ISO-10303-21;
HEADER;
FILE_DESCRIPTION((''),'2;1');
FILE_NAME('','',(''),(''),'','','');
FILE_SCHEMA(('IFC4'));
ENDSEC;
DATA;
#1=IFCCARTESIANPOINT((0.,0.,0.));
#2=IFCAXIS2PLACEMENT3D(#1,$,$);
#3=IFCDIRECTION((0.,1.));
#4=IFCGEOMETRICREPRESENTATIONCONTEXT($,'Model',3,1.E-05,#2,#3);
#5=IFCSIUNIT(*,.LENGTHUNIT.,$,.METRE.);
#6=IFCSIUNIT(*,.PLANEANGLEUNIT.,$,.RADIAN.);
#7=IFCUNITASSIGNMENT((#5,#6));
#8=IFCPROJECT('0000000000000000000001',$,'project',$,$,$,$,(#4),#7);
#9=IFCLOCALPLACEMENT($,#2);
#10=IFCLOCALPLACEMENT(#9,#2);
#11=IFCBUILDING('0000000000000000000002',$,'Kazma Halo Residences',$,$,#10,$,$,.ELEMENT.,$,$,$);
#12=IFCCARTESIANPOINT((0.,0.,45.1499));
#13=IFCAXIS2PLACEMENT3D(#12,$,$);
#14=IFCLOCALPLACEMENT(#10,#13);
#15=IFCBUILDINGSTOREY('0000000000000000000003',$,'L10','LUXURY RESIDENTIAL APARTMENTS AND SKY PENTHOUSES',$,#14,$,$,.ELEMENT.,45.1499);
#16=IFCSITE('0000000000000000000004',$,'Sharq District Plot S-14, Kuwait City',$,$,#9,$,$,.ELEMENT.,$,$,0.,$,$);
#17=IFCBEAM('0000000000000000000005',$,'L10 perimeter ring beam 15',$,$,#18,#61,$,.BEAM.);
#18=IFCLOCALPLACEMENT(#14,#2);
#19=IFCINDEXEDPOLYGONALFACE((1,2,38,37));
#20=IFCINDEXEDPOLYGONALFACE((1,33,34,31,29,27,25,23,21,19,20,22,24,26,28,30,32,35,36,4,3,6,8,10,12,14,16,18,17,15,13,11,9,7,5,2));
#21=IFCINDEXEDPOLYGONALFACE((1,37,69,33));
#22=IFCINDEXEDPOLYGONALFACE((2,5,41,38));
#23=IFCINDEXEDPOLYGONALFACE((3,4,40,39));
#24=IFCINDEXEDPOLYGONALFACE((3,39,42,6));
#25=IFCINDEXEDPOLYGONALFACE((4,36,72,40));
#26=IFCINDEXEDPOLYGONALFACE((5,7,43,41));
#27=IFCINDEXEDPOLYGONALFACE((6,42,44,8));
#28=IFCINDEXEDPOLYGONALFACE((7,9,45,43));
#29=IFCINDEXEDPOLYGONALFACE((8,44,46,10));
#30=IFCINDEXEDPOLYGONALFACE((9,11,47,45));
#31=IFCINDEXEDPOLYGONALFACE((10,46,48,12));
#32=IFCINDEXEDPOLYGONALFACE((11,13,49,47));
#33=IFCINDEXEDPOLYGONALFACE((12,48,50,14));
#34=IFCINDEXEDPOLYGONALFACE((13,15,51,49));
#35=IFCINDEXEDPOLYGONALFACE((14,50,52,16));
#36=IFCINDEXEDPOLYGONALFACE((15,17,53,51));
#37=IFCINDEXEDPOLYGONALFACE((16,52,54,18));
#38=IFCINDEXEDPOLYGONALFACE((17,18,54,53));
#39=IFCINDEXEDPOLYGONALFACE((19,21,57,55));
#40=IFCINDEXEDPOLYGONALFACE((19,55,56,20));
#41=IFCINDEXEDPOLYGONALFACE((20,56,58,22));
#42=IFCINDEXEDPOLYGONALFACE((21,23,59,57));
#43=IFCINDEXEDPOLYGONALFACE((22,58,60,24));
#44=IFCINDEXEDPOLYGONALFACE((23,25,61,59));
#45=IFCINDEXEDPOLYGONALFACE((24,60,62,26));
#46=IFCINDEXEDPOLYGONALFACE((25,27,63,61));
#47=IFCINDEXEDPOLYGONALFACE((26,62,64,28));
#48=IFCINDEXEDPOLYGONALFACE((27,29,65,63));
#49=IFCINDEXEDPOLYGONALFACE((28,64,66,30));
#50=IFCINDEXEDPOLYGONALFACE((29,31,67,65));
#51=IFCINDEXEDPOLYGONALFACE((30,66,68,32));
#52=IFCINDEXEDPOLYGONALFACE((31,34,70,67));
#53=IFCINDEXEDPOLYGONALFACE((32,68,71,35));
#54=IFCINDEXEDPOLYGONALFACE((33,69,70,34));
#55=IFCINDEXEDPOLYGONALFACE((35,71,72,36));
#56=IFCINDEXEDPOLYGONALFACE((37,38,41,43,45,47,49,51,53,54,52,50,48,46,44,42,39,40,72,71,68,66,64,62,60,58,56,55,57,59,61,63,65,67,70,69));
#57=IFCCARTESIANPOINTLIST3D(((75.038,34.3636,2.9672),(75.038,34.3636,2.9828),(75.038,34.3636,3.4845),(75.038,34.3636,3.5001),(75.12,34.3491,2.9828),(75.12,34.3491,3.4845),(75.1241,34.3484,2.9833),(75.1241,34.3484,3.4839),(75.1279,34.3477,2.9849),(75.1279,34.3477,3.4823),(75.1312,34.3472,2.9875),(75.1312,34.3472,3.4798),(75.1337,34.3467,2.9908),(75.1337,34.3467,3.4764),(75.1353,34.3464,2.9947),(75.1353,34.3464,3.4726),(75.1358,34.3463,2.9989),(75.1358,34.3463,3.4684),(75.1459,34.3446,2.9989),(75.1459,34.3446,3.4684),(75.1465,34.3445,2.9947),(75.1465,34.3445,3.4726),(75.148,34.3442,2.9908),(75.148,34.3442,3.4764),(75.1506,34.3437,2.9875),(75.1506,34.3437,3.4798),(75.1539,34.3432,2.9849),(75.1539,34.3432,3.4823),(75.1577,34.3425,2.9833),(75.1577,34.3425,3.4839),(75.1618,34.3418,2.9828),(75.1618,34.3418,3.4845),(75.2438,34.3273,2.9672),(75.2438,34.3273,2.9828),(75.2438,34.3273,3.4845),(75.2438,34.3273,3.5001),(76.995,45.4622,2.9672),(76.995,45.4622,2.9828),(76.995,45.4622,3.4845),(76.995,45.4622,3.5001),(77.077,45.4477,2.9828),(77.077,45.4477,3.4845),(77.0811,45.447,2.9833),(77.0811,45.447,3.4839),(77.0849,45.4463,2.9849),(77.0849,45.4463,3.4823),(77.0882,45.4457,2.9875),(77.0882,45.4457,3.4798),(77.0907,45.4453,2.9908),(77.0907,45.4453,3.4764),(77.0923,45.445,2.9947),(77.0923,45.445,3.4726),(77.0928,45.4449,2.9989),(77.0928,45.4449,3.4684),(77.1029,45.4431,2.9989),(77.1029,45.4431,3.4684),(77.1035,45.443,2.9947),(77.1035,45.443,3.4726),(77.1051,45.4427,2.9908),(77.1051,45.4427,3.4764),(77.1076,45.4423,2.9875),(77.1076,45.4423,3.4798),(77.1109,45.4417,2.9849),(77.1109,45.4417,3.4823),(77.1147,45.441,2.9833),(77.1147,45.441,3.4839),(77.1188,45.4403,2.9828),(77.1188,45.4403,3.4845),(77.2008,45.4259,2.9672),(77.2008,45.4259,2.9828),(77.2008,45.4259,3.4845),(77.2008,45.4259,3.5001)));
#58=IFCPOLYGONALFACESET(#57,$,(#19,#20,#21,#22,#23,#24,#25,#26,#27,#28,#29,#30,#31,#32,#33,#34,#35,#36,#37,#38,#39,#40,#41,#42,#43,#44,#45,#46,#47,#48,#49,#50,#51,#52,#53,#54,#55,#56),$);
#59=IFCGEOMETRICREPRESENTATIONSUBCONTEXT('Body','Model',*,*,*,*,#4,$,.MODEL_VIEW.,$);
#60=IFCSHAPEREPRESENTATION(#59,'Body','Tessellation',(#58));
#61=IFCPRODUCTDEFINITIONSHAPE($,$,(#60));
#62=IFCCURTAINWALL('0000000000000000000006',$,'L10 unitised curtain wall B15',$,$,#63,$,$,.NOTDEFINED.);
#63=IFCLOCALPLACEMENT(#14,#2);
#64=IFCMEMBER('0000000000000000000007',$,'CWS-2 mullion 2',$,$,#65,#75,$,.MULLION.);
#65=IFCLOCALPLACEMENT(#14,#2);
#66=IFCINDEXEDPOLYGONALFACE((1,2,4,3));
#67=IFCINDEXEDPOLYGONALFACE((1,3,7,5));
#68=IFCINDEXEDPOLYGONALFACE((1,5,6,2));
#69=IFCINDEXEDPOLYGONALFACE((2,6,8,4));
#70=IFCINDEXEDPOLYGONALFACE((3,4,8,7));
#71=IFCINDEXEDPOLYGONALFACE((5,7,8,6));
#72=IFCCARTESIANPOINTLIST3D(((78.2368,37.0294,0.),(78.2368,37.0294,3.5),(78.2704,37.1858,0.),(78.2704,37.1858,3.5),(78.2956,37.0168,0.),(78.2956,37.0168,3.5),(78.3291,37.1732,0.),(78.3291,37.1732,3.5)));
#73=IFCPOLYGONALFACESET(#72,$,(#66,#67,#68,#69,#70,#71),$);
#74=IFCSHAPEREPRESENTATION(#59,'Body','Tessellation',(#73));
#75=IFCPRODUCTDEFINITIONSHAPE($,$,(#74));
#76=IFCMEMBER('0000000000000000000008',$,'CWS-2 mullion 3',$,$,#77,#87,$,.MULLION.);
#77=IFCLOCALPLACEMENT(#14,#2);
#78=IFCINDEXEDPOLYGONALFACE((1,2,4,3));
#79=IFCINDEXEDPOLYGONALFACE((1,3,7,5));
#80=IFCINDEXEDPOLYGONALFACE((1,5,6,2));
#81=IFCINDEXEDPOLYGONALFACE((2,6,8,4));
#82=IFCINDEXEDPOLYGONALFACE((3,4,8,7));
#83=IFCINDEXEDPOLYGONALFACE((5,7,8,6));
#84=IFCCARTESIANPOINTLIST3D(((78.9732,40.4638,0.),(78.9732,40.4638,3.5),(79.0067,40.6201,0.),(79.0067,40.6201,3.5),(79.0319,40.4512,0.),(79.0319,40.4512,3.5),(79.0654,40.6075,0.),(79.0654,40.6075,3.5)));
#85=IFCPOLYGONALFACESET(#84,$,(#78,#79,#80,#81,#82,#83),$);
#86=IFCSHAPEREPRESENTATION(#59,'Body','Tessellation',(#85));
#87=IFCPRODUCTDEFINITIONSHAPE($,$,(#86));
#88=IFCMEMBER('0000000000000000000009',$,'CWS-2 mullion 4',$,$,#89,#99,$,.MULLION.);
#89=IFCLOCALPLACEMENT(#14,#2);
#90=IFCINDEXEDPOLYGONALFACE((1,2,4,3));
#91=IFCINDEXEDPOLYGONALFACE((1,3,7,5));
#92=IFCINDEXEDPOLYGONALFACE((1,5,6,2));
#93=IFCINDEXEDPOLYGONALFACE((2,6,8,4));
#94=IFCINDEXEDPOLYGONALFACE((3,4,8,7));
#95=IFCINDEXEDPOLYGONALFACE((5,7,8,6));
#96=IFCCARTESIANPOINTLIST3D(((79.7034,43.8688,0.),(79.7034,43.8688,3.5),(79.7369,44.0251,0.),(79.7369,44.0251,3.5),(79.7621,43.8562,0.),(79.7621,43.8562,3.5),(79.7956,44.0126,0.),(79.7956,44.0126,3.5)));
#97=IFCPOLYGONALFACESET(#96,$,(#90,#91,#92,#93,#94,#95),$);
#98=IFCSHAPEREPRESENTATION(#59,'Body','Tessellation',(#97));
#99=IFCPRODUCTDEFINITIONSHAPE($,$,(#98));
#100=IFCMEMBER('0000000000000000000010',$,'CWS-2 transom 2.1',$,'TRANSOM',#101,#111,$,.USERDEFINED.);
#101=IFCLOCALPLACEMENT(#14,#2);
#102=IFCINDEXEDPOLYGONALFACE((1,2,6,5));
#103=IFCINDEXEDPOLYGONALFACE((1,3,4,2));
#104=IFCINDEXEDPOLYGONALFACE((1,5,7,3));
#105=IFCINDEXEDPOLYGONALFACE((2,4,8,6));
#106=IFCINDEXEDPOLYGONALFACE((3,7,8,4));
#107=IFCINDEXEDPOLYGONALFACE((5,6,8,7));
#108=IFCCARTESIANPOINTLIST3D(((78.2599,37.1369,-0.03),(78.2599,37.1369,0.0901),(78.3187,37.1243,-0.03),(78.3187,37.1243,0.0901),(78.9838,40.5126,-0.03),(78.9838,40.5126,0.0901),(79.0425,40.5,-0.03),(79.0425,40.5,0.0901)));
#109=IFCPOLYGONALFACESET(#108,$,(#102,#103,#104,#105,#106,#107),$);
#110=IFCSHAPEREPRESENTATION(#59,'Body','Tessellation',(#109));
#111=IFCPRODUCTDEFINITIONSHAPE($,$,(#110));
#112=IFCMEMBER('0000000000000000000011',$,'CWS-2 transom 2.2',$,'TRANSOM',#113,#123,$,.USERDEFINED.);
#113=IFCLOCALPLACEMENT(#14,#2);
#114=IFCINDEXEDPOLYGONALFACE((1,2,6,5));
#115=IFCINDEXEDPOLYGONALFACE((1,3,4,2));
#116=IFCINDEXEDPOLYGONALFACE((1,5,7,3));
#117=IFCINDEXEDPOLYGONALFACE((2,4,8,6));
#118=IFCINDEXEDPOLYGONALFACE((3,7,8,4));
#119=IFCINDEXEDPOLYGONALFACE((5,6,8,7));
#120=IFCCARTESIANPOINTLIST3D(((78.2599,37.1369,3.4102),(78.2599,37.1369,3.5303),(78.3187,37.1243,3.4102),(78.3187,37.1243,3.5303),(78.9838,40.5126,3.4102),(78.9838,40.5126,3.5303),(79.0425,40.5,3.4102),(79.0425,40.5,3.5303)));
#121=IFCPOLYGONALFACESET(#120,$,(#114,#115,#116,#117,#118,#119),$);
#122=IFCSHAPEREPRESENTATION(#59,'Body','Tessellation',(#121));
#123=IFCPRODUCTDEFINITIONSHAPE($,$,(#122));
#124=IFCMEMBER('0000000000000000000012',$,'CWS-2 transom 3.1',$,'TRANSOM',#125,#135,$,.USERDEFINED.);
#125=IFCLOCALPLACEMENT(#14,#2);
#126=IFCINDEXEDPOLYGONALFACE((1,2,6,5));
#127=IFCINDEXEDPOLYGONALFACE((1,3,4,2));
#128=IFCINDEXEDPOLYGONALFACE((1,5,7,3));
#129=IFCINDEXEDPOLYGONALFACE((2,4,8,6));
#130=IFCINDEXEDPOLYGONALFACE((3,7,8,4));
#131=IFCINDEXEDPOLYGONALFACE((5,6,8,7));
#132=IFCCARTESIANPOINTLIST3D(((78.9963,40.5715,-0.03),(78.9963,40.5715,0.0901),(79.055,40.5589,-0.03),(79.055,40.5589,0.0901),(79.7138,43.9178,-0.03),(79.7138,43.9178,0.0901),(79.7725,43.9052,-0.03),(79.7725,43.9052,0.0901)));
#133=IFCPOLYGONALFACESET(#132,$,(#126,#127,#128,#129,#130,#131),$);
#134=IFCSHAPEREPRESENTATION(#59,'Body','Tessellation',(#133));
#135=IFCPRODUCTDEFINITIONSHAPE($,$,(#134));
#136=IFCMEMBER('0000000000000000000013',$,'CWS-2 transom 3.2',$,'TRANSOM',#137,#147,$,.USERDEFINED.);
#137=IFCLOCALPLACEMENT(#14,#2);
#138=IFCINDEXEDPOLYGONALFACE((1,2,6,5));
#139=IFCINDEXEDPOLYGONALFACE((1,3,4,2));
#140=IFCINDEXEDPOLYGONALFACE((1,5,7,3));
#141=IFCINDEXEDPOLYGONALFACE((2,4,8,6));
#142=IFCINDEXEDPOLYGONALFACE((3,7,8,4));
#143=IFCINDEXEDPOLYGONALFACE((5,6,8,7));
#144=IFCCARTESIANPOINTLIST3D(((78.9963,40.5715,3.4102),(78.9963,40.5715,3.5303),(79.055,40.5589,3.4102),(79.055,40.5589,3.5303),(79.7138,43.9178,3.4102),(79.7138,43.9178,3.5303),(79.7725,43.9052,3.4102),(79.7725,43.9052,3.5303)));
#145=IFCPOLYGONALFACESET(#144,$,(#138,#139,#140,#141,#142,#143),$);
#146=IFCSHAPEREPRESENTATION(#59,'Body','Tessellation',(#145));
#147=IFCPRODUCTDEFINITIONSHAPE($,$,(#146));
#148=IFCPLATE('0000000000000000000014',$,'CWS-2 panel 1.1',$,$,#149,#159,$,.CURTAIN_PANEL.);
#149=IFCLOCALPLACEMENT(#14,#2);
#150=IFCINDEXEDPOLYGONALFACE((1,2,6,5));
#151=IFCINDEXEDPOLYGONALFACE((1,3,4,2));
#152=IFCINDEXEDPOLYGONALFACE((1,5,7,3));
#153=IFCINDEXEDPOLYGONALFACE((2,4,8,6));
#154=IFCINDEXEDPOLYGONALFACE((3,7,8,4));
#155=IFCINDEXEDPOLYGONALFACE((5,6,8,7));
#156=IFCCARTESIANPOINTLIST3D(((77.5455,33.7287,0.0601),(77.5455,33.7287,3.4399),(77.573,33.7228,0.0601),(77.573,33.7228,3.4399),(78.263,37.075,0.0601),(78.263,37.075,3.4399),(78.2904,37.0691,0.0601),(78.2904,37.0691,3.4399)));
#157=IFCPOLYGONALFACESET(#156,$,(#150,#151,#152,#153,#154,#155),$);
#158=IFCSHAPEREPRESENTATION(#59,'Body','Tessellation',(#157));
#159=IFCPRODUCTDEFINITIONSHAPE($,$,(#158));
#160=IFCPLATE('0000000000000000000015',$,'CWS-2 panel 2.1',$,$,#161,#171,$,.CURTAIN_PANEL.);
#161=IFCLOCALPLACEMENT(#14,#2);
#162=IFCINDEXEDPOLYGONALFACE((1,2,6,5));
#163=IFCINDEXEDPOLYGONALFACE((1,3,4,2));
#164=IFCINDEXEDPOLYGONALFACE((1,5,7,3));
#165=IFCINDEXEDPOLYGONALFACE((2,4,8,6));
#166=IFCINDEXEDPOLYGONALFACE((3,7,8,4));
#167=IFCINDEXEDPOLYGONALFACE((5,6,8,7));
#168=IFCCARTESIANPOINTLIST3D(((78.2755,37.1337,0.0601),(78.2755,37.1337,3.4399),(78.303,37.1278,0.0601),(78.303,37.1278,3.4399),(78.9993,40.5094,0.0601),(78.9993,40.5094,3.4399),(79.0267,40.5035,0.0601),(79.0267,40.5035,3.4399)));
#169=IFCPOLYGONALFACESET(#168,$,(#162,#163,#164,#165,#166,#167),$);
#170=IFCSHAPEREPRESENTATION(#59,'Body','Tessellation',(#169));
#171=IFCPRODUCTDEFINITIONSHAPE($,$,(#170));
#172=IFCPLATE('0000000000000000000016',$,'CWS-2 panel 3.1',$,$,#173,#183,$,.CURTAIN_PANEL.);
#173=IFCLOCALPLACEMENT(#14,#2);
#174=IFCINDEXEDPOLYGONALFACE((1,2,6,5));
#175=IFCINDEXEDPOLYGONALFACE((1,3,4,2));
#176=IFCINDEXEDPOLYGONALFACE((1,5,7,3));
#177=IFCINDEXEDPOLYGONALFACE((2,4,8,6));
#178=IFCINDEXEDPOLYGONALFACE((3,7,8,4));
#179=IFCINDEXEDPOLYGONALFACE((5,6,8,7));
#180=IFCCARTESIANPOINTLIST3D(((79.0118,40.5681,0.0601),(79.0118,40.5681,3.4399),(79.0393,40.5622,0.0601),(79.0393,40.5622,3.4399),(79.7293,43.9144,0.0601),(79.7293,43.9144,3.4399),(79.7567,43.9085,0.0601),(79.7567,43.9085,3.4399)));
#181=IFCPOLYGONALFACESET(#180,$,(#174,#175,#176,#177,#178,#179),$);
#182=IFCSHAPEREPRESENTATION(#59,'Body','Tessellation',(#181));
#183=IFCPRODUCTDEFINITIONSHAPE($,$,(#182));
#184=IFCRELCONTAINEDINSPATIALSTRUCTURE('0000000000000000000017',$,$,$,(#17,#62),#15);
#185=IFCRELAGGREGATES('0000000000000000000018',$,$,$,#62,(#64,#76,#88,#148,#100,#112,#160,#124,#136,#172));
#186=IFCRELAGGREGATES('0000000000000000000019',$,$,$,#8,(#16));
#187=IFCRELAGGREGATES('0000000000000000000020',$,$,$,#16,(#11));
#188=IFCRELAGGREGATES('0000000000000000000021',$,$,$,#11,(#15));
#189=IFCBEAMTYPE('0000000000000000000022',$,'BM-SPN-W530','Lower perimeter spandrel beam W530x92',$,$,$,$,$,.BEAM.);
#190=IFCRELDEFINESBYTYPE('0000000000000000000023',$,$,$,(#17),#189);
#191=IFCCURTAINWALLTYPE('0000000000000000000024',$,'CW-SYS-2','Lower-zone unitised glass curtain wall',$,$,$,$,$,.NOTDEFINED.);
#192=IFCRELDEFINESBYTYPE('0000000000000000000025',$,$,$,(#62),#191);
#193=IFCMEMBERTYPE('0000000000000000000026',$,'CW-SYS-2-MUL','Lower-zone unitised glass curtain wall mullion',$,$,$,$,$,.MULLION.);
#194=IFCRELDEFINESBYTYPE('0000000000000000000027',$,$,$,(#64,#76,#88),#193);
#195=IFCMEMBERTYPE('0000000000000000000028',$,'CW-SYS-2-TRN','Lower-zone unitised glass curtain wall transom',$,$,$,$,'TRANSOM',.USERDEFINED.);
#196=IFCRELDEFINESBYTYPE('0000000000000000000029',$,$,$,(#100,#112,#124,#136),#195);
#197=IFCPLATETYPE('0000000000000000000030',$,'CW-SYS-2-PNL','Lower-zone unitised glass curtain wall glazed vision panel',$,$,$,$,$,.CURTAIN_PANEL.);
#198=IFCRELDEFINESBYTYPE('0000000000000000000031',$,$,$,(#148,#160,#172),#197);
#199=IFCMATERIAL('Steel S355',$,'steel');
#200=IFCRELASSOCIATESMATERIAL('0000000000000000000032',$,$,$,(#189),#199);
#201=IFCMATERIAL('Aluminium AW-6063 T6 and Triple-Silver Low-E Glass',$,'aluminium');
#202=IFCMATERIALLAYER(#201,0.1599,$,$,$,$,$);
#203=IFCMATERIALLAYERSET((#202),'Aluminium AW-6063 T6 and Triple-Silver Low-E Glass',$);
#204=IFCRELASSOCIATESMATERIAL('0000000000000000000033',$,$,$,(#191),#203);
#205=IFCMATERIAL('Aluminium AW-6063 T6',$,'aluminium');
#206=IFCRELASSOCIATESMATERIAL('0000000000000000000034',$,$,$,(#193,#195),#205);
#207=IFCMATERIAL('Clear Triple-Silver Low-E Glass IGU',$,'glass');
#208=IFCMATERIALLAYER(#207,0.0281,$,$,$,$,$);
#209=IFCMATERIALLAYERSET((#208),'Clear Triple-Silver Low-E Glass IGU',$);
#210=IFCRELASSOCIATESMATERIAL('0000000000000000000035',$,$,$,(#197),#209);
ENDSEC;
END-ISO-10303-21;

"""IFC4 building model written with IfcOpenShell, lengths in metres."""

from ifc_helpers import new_model, si_unit, direction, frame, origin, origin_2d, place, context, subcontext, project, spatial, rectangle, i_section, extrude, material, layer, layer_set, material_profile, profile_set, type_object, element, aggregate, save


model = new_model("IFC4")

# Units and contexts
model_context = context("Model", 3, precision=1e-05, world=origin(), true_north=direction((0.0, 1.0)))
body_context = subcontext(model_context, "Body", "Model", "MODEL_VIEW")
ifc_project = project(units=[si_unit("LENGTHUNIT", "METRE"), si_unit("PLANEANGLEUNIT", "RADIAN")], contexts=[model_context])

# Site, building, storey
site_placement = place(None, origin())
site = spatial("IfcSite", under=ifc_project, at=site_placement, Name="Sharq District Plot S-14, Kuwait City", CompositionType="ELEMENT", RefElevation=0.0)
building_placement = place(site_placement, origin())
building = spatial("IfcBuilding", under=site, at=building_placement, Name="Kazma Halo Residences", CompositionType="ELEMENT")
storey_placement = place(building_placement, frame((0.0, 0.0, 45.1499)))
storey = spatial("IfcBuildingStorey", under=building, at=storey_placement, Name="L10", Description="LUXURY RESIDENTIAL APARTMENTS AND SKY PENTHOUSES", CompositionType="ELEMENT", Elevation=45.1499)

# Beam
ifc_material_1 = material(Name="Steel S355", Category="steel")
ifc_material_profile_1 = material_profile(ifc_material_1, i_section(OverallWidth=0.209, OverallDepth=0.533, WebThickness=0.0103, FlangeThickness=0.0156, FilletRadius=0.0161, at=origin_2d()), Name="W530x92")
ifc_profile_set_1 = profile_set([ifc_material_profile_1], Name="Steel S355")
beam_type_1 = type_object("IfcBeamType", Name="BM-SPN-W530", Description="Lower perimeter spandrel beam W530x92", PredefinedType="BEAM", material=ifc_profile_set_1)
beam_1_placement = place(storey_placement, frame((75.1409, 34.3455, 3.2336), z_axis=(0.173652, 0.984807, 0.0), x_axis=(-0.984807, 0.173652, 0.0)))
element("IfcBeam", 1, at=beam_1_placement, inside=storey, type_object=beam_type_1, Name="L10 perimeter ring beam 15", PredefinedType="BEAM", context=body_context, shape_type="SweptSolid", body=[
    extrude(i_section(OverallWidth=0.209, OverallDepth=0.533, WebThickness=0.0103, FlangeThickness=0.0156, FilletRadius=0.0161, at=origin_2d()), origin(), (0.0, 0.0, 1.0), 11.2698),
])

# Curtain wall, members, plates
ifc_material_2 = material(Name="Aluminium AW-6063 T6 and Triple-Silver Low-E Glass", Category="aluminium")
ifc_layer_1 = layer(ifc_material_2, 0.1599)
ifc_layer_set_1 = layer_set([ifc_layer_1], Name="Aluminium AW-6063 T6 and Triple-Silver Low-E Glass")
curtain_wall_type = type_object("IfcCurtainWallType", Name="CW-SYS-2", Description="Lower-zone unitised glass curtain wall", PredefinedType="NOTDEFINED", material=ifc_layer_set_1)
curtain_wall_placement = place(storey_placement, origin())
curtain_wall = element("IfcCurtainWall", 2, at=curtain_wall_placement, inside=storey, type_object=curtain_wall_type, Name="L10 unitised curtain wall B15", PredefinedType="NOTDEFINED")
ifc_material_3 = material(Name="Aluminium AW-6063 T6", Category="aluminium")
ifc_material_profile_2 = material_profile(ifc_material_3, rectangle(XDim=0.0601, YDim=0.1599, at=origin_2d()), Name="CWM-60x160")
ifc_profile_set_2 = profile_set([ifc_material_profile_2], Name="Aluminium AW-6063 T6")
member_type_1 = type_object("IfcMemberType", Name="CW-SYS-2-MUL", Description="Lower-zone unitised glass curtain wall mullion", PredefinedType="MULLION", material=ifc_profile_set_2)
member_1_placement = place(storey_placement, frame((78.283, 37.1013, 0.0), z_axis=(0.0, 0.0, 1.0), x_axis=(-0.977779, 0.209637, 0.0)))
member_1 = element("IfcMember", 3, at=member_1_placement, type_object=member_type_1, Name="CWS-2 mullion 2", PredefinedType="MULLION", context=body_context, shape_type="SweptSolid", body=[
    extrude(rectangle(XDim=0.0601, YDim=0.1599, at=origin_2d()), origin(), (0.0, 0.0, 1.0), 3.5),
])
member_2_placement = place(storey_placement, frame((79.0193, 40.5356, 0.0), z_axis=(0.0, 0.0, 1.0), x_axis=(-0.977779, 0.209637, 0.0)))
member_2 = element("IfcMember", 4, at=member_2_placement, type_object=member_type_1, Name="CWS-2 mullion 3", PredefinedType="MULLION", context=body_context, shape_type="SweptSolid", body=[
    extrude(rectangle(XDim=0.0601, YDim=0.1599, at=origin_2d()), origin(), (0.0, 0.0, 1.0), 3.5),
])
member_3_placement = place(storey_placement, frame((79.7495, 43.9407, 0.0), z_axis=(0.0, 0.0, 1.0), x_axis=(-0.977779, 0.209637, 0.0)))
member_3 = element("IfcMember", 5, at=member_3_placement, type_object=member_type_1, Name="CWS-2 mullion 4", PredefinedType="MULLION", context=body_context, shape_type="SweptSolid", body=[
    extrude(rectangle(XDim=0.0601, YDim=0.1599, at=origin_2d()), origin(), (0.0, 0.0, 1.0), 3.5),
])
ifc_material_profile_3 = material_profile(ifc_material_3, rectangle(XDim=0.0601, YDim=0.1201, at=origin_2d()), Name="CWT-60x120")
ifc_profile_set_3 = profile_set([ifc_material_profile_3], Name="Aluminium AW-6063 T6")
member_type_2 = type_object("IfcMemberType", Name="CW-SYS-2-TRN", Description="Lower-zone unitised glass curtain wall transom", ElementType="TRANSOM", PredefinedType="USERDEFINED", material=ifc_profile_set_3)
member_4_placement = place(storey_placement, frame((78.2893, 37.1306, 0.03), z_axis=(0.209669, 0.977772, 0.0), x_axis=(-0.977772, 0.209669, 0.0)))
member_4 = element("IfcMember", 6, at=member_4_placement, type_object=member_type_2, Name="CWS-2 transom 2.1", ObjectType="TRANSOM", PredefinedType="USERDEFINED", context=body_context, shape_type="SweptSolid", body=[
    extrude(rectangle(XDim=0.0601, YDim=0.1201, at=origin_2d()), origin(), (0.0, 0.0, 1.0), 3.4524),
])
member_5_placement = place(storey_placement, frame((78.2893, 37.1306, 3.4702), z_axis=(0.209669, 0.977772, 0.0), x_axis=(-0.977772, 0.209669, 0.0)))
member_5 = element("IfcMember", 7, at=member_5_placement, type_object=member_type_2, Name="CWS-2 transom 2.2", ObjectType="TRANSOM", PredefinedType="USERDEFINED", context=body_context, shape_type="SweptSolid", body=[
    extrude(rectangle(XDim=0.0601, YDim=0.1201, at=origin_2d()), origin(), (0.0, 0.0, 1.0), 3.4524),
])
member_6_placement = place(storey_placement, frame((79.0256, 40.5652, 0.03), z_axis=(0.209666, 0.977773, 0.0), x_axis=(-0.977773, 0.209666, 0.0)))
member_6 = element("IfcMember", 8, at=member_6_placement, type_object=member_type_2, Name="CWS-2 transom 3.1", ObjectType="TRANSOM", PredefinedType="USERDEFINED", context=body_context, shape_type="SweptSolid", body=[
    extrude(rectangle(XDim=0.0601, YDim=0.1201, at=origin_2d()), origin(), (0.0, 0.0, 1.0), 3.4224),
])
member_7_placement = place(storey_placement, frame((79.0256, 40.5652, 3.4702), z_axis=(0.209666, 0.977773, 0.0), x_axis=(-0.977773, 0.209666, 0.0)))
member_7 = element("IfcMember", 9, at=member_7_placement, type_object=member_type_2, Name="CWS-2 transom 3.2", ObjectType="TRANSOM", PredefinedType="USERDEFINED", context=body_context, shape_type="SweptSolid", body=[
    extrude(rectangle(XDim=0.0601, YDim=0.1201, at=origin_2d()), origin(), (0.0, 0.0, 1.0), 3.4224),
])
ifc_material_4 = material(Name="Clear Triple-Silver Low-E Glass IGU", Category="glass")
ifc_layer_2 = layer(ifc_material_4, 0.0281)
ifc_layer_set_2 = layer_set([ifc_layer_2], Name="Clear Triple-Silver Low-E Glass IGU")
plate_type = type_object("IfcPlateType", Name="CW-SYS-2-PNL", Description="Lower-zone unitised glass curtain wall glazed vision panel", PredefinedType="CURTAIN_PANEL", material=ifc_layer_set_2)
plate_1_placement = place(storey_placement, frame((77.918, 35.3989, 0.0601), z_axis=(0.0, 0.0, 1.0), x_axis=(0.209637, 0.977779, 0.0)))
plate_1 = element("IfcPlate", 10, at=plate_1_placement, type_object=plate_type, Name="CWS-2 panel 1.1", PredefinedType="CURTAIN_PANEL", context=body_context, shape_type="SweptSolid", body=[
    extrude(rectangle(XDim=3.4224, YDim=0.0281, at=origin_2d()), origin(), (0.0, 0.0, 1.0), 3.3799),
])
plate_2_placement = place(storey_placement, frame((78.6511, 38.8186, 0.0601), z_axis=(0.0, 0.0, 1.0), x_axis=(0.209637, 0.977779, 0.0)))
plate_2 = element("IfcPlate", 11, at=plate_2_placement, type_object=plate_type, Name="CWS-2 panel 2.1", PredefinedType="CURTAIN_PANEL", context=body_context, shape_type="SweptSolid", body=[
    extrude(rectangle(XDim=3.4524, YDim=0.0281, at=origin_2d()), origin(), (0.0, 0.0, 1.0), 3.3799),
])
plate_3_placement = place(storey_placement, frame((79.3843, 42.2383, 0.0601), z_axis=(0.0, 0.0, 1.0), x_axis=(0.209637, 0.977779, 0.0)))
plate_3 = element("IfcPlate", 12, at=plate_3_placement, type_object=plate_type, Name="CWS-2 panel 3.1", PredefinedType="CURTAIN_PANEL", context=body_context, shape_type="SweptSolid", body=[
    extrude(rectangle(XDim=3.4224, YDim=0.0281, at=origin_2d()), origin(), (0.0, 0.0, 1.0), 3.3799),
])
aggregate(curtain_wall, [member_1, member_2, member_3, plate_1, member_4, member_5, plate_2, member_6, member_7, plate_3])

save(model, "model.ifc")
